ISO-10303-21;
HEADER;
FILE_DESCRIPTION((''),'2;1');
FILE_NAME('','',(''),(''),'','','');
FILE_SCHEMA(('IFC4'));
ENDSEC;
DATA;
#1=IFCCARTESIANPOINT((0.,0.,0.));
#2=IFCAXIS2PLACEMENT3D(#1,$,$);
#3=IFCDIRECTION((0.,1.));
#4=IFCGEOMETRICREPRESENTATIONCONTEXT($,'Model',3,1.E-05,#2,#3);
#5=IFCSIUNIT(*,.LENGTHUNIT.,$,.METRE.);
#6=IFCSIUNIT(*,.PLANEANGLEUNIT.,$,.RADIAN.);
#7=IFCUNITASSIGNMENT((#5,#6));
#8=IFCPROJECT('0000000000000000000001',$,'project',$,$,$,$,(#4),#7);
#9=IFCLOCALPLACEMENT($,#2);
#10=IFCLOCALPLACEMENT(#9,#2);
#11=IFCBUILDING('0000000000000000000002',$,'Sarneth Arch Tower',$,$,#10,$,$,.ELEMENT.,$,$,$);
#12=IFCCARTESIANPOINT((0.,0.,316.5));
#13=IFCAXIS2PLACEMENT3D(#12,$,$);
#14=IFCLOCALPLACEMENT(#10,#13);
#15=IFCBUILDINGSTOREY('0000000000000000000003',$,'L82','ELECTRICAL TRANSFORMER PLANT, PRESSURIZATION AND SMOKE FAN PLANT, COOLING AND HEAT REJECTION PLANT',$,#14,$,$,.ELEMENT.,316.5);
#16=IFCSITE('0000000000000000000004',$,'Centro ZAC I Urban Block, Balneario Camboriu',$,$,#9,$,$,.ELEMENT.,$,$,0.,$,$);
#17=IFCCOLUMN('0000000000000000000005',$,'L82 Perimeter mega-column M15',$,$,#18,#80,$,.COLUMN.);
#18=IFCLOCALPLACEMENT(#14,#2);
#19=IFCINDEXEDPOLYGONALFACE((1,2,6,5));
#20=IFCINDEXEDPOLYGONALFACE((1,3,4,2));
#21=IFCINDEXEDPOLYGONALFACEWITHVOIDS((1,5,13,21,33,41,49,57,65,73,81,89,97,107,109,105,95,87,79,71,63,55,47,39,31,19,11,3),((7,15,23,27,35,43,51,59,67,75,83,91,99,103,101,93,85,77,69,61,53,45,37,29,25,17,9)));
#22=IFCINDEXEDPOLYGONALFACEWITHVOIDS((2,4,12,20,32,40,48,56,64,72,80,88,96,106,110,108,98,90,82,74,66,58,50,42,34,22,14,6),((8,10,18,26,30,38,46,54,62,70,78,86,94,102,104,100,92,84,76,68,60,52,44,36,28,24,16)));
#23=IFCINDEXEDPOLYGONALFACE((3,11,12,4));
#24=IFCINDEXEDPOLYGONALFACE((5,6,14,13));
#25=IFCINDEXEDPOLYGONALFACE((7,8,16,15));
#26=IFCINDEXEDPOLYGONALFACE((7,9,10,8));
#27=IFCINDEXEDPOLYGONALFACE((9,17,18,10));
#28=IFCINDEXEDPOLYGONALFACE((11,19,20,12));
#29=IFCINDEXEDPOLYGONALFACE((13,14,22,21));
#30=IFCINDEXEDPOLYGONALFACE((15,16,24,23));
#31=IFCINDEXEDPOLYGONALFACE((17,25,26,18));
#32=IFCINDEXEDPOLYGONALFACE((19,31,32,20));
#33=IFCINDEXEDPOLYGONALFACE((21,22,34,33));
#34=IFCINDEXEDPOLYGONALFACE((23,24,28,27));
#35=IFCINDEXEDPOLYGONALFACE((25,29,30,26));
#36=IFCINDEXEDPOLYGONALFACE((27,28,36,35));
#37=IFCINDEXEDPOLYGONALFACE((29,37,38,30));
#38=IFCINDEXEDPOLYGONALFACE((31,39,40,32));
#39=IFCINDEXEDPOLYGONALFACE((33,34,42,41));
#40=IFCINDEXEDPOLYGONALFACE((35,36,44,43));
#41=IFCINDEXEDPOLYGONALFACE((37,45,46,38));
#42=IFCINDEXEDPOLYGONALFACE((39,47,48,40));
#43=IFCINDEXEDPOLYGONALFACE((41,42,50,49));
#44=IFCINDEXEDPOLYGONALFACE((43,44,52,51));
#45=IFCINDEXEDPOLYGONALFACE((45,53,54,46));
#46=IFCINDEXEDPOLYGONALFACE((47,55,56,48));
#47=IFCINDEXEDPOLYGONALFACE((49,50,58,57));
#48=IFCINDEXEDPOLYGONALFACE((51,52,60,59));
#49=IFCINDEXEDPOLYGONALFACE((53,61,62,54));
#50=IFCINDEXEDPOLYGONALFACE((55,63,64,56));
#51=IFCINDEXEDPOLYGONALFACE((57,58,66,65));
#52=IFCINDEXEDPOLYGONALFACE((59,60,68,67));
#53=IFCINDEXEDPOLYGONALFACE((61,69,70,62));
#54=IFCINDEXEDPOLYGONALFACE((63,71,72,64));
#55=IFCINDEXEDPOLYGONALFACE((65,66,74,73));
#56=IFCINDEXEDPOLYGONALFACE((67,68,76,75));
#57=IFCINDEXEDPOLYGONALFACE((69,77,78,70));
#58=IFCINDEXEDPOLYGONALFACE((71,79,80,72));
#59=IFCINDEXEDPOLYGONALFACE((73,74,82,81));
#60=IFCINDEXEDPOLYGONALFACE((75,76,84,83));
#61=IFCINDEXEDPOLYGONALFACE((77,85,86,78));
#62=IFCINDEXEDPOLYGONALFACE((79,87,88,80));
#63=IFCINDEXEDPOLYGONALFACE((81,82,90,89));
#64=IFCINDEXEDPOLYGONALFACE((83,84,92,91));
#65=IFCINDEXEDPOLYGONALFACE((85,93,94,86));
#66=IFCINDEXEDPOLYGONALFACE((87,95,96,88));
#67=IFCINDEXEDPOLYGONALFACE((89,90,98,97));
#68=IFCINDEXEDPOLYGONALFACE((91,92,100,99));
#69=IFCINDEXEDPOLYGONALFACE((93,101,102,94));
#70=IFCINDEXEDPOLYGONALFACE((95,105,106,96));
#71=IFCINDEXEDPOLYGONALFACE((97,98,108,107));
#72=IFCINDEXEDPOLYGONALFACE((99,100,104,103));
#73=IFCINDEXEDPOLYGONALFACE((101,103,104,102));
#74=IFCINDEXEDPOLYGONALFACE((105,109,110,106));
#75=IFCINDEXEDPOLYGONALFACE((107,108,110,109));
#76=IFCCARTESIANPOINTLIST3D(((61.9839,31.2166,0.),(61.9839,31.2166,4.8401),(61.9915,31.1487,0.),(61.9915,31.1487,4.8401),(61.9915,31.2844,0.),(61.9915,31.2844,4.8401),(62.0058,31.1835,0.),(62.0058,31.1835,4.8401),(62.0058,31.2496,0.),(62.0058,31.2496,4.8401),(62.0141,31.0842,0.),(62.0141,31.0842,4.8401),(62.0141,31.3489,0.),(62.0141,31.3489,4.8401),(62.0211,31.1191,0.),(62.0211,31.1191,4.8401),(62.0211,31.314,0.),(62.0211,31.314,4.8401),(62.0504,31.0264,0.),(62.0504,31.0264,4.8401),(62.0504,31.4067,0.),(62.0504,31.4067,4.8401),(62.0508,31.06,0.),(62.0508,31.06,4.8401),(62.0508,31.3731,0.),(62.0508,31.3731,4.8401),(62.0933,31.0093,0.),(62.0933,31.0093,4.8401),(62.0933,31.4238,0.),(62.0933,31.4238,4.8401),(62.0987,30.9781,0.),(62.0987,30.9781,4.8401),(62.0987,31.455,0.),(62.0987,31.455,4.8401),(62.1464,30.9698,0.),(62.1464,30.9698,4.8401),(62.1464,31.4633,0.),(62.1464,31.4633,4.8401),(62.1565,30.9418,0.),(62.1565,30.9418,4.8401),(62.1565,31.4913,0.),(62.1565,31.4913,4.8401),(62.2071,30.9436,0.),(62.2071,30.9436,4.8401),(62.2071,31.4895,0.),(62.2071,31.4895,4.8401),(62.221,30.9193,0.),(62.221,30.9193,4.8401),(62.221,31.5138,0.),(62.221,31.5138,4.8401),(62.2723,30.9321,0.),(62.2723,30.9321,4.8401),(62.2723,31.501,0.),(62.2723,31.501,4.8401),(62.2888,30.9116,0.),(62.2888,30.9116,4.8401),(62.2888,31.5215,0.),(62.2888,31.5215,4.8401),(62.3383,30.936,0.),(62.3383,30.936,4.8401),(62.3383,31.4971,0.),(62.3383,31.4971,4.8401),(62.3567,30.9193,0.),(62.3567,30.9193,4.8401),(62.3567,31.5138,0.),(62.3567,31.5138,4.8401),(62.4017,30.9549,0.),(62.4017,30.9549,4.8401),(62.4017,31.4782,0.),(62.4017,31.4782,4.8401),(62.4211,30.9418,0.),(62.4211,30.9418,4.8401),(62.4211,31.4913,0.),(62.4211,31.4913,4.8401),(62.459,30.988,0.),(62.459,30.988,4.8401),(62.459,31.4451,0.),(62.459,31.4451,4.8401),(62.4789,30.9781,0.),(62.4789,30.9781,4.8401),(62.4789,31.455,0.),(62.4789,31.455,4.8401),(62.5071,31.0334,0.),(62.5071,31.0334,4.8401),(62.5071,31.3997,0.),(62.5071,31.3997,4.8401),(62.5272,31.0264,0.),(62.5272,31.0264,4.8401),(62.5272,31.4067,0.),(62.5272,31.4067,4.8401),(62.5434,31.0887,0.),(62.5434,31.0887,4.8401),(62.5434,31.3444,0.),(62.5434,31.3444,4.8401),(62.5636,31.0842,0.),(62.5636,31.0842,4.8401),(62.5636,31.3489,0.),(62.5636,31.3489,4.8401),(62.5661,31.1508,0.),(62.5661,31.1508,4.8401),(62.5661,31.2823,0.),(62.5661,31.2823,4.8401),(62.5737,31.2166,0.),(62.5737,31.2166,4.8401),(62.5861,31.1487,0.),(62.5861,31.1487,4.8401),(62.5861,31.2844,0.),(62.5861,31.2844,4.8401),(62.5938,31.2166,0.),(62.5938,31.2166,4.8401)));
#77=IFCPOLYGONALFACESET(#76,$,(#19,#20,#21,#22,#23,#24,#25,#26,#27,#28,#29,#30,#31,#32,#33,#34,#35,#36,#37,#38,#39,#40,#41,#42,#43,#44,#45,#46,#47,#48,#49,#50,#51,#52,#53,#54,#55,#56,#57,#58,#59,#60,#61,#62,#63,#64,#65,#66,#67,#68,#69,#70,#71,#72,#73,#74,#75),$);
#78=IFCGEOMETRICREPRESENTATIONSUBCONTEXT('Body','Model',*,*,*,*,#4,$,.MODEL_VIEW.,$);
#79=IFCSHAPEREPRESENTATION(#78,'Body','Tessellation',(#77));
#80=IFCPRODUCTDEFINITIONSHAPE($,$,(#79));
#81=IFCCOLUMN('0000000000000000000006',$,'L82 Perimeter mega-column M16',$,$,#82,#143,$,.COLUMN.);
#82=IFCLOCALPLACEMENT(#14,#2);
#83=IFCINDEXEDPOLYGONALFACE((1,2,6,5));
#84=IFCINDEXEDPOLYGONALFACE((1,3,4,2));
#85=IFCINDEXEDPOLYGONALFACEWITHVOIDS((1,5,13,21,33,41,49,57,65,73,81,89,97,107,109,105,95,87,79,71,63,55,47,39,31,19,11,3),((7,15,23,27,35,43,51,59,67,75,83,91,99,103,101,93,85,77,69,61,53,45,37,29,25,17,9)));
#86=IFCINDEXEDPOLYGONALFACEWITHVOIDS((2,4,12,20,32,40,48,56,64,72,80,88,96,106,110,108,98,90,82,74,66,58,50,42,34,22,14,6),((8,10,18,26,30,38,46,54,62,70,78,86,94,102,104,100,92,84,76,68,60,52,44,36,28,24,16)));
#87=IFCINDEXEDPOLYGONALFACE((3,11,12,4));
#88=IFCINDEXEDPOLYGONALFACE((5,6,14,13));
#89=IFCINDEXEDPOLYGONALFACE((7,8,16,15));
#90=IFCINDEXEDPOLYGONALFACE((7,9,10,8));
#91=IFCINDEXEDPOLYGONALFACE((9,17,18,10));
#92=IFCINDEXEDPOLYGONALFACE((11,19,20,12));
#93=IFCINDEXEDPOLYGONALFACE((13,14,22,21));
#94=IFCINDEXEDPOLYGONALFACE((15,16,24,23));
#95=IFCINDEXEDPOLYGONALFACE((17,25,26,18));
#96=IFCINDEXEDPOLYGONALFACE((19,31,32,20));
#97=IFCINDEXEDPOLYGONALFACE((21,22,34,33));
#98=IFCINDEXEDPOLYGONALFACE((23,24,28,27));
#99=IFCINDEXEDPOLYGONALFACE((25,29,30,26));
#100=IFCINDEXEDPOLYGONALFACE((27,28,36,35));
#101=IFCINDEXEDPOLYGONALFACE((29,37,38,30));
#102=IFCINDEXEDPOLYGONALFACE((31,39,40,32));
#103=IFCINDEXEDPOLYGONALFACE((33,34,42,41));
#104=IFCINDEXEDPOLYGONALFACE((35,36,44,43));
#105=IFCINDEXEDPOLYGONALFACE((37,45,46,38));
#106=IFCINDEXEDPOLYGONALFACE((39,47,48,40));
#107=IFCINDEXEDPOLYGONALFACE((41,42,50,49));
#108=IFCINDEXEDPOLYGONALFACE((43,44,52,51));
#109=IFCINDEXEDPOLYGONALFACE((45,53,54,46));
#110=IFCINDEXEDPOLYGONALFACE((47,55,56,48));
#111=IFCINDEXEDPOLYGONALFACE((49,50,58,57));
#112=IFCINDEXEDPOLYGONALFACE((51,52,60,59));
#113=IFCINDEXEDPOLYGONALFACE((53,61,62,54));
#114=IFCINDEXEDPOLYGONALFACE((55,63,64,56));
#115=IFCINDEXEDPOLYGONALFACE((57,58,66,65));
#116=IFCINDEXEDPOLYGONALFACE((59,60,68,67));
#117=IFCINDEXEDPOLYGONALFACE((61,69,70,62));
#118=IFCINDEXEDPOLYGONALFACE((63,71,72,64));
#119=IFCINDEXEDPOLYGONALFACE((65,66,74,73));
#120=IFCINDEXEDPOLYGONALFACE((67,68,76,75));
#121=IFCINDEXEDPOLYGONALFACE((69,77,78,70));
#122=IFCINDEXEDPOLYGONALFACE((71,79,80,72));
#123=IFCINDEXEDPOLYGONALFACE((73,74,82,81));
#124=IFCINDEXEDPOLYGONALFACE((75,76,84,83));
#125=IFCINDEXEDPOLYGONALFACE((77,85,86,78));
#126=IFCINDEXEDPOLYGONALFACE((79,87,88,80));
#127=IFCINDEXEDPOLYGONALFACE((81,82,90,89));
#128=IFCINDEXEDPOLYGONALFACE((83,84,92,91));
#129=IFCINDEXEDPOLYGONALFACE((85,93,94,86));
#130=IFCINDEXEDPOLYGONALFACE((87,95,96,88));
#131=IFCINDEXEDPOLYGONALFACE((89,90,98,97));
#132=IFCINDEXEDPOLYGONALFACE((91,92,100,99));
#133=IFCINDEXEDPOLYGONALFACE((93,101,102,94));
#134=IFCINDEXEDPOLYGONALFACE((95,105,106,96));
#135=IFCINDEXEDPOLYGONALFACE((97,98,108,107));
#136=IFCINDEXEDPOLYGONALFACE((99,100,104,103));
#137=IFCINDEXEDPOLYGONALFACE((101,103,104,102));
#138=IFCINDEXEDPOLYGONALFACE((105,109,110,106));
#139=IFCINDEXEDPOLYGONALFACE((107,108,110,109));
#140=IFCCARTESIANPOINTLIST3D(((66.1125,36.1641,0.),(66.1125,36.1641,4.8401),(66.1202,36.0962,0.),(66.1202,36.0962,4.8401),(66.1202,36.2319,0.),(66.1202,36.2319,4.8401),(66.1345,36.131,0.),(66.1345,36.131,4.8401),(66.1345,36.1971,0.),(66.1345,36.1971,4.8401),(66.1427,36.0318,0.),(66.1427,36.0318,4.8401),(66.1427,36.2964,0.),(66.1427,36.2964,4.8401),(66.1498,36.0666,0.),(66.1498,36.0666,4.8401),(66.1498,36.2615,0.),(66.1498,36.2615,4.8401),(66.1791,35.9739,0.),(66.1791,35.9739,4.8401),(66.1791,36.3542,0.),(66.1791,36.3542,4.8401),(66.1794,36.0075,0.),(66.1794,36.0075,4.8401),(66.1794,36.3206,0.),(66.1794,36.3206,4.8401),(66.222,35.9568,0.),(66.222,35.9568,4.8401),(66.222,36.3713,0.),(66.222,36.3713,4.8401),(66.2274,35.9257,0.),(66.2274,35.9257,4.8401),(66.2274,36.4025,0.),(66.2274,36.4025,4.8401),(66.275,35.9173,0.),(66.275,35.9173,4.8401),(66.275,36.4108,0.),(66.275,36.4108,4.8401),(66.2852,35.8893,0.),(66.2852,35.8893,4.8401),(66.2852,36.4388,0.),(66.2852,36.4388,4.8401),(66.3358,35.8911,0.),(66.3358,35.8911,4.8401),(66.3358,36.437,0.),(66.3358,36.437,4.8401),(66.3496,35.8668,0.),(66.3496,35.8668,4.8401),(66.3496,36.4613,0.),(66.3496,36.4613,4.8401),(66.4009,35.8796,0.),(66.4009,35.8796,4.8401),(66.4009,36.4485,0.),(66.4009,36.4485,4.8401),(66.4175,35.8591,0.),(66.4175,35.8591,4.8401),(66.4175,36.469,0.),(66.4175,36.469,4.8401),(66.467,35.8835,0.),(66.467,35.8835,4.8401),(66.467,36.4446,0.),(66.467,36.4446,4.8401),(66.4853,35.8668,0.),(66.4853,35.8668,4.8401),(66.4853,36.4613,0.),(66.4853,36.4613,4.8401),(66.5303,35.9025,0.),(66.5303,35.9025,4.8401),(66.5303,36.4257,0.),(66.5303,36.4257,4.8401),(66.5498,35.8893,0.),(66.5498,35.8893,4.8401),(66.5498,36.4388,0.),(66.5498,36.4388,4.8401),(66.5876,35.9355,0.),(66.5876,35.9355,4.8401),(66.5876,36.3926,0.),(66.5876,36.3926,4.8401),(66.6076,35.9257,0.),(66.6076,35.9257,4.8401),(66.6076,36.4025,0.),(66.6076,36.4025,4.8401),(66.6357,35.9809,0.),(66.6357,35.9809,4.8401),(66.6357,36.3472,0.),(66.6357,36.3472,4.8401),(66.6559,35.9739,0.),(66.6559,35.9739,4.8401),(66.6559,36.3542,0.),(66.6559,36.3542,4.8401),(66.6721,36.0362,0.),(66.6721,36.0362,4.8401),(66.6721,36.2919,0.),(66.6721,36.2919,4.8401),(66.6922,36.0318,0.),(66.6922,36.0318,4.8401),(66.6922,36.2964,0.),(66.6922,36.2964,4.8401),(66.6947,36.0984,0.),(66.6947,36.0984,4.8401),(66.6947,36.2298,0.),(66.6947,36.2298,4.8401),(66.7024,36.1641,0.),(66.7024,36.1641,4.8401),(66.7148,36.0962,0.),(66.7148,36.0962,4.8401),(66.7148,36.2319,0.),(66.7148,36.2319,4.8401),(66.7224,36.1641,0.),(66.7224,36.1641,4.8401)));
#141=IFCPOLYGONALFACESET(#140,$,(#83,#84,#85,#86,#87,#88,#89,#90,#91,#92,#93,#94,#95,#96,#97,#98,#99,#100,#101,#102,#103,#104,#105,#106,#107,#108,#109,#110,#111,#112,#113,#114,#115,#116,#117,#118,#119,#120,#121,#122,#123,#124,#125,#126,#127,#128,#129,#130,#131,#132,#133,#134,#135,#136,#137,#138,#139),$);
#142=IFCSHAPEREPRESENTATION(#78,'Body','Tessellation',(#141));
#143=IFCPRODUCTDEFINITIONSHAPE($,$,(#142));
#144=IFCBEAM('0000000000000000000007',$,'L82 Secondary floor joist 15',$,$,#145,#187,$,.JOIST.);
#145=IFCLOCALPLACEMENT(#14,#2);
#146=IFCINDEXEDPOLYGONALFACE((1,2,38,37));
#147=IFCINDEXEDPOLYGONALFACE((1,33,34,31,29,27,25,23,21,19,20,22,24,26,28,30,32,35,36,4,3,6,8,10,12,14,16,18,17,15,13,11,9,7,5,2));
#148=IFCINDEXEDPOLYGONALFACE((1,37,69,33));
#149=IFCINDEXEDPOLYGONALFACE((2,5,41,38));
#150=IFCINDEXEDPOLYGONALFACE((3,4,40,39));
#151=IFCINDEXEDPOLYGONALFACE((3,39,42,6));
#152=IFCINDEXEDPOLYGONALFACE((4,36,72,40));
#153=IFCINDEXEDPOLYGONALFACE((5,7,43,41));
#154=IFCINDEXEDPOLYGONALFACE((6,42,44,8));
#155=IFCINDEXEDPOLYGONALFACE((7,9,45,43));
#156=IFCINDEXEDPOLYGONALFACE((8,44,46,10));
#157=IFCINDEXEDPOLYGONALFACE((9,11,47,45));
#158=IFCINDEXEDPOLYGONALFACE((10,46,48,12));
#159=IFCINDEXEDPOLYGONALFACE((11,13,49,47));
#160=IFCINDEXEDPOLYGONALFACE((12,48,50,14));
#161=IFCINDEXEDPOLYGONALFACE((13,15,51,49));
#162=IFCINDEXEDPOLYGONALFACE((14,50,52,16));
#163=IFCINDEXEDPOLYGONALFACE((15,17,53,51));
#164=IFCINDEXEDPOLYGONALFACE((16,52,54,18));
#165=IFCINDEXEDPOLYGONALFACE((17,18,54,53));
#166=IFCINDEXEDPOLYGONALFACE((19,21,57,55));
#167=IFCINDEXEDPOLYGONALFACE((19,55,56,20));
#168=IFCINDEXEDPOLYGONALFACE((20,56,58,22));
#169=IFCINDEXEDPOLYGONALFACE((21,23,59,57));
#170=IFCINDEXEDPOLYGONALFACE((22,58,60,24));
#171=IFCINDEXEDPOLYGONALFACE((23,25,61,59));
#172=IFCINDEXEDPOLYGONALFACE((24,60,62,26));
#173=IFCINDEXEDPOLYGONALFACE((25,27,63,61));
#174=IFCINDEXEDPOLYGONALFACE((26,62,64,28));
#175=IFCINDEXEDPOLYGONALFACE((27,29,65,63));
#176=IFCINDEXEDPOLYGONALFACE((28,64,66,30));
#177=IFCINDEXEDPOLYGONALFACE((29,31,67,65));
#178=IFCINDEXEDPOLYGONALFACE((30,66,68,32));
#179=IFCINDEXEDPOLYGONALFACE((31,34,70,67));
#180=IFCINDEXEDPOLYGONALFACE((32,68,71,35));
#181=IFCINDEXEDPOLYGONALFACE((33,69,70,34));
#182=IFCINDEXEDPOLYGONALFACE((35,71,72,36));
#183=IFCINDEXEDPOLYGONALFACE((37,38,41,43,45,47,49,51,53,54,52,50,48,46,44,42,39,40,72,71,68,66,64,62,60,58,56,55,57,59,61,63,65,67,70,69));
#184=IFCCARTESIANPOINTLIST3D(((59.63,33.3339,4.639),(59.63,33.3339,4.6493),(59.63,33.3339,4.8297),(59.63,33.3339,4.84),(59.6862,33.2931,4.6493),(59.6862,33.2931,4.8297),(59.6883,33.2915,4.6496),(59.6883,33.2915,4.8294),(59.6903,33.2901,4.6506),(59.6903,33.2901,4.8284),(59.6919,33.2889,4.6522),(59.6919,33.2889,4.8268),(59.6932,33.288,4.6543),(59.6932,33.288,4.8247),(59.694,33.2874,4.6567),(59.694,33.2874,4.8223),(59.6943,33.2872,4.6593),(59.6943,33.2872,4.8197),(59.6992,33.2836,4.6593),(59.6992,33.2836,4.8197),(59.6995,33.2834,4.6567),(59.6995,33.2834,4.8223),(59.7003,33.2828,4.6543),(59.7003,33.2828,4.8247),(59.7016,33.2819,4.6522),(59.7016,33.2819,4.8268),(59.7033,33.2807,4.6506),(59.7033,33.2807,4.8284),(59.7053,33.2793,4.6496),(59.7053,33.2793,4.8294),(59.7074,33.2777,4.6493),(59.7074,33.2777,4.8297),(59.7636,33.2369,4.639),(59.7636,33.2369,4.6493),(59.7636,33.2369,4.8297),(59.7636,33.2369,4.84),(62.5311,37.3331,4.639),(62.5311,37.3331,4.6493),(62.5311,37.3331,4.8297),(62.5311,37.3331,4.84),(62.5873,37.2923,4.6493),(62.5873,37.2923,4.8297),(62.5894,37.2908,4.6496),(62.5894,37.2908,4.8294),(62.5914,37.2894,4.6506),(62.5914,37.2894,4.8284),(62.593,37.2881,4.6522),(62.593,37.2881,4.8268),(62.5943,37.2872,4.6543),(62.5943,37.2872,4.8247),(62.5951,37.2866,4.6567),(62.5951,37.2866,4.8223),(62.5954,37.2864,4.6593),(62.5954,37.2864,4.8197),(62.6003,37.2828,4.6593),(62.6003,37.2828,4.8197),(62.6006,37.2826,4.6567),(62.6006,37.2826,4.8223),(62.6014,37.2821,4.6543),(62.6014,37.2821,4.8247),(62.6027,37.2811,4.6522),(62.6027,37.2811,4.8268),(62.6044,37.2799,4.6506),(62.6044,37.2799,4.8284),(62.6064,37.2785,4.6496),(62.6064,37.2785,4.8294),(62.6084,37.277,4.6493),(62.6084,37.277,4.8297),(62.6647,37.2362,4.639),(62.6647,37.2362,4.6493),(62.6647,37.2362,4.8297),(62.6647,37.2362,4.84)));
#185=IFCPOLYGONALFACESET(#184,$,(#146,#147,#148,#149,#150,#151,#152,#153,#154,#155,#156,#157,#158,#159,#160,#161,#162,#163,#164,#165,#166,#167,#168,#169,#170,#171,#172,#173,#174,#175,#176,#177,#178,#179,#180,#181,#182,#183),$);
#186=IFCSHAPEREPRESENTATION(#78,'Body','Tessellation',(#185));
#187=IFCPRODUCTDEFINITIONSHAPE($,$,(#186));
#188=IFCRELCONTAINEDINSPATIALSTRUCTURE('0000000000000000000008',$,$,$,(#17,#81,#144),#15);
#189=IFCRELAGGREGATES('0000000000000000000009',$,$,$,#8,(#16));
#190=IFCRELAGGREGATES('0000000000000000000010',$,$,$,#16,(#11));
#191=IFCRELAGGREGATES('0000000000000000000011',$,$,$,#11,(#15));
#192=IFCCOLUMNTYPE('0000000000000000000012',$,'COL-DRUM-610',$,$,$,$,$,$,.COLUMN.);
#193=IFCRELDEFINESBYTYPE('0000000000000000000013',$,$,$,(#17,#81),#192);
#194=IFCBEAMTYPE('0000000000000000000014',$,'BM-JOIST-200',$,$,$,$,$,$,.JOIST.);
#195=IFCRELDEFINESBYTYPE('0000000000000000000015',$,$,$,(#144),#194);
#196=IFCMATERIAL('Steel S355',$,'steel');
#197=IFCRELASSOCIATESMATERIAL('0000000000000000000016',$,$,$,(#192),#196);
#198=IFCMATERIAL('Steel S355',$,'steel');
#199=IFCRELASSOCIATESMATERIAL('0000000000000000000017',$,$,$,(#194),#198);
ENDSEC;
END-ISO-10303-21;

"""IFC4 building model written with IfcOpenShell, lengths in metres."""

from ifc_helpers import new_model, si_unit, direction, frame, origin, origin_2d, place, context, subcontext, project, spatial, hollow_circle, i_section, extrude, material, material_profile, profile_set, type_object, element, save


model = new_model("IFC4")

# Units and contexts
model_context = context("Model", 3, precision=1e-05, world=origin(), true_north=direction((0.0, 1.0)))
body_context = subcontext(model_context, "Body", "Model", "MODEL_VIEW")
ifc_project = project(units=[si_unit("LENGTHUNIT", "METRE"), si_unit("PLANEANGLEUNIT", "RADIAN")], contexts=[model_context])

# Site, building, storey
site_placement = place(None, origin())
site = spatial("IfcSite", under=ifc_project, at=site_placement, Name="Centro ZAC I Urban Block, Balneario Camboriu", CompositionType="ELEMENT", RefElevation=0.0)
building_placement = place(site_placement, origin())
building = spatial("IfcBuilding", under=site, at=building_placement, Name="Sarneth Arch Tower", CompositionType="ELEMENT")
storey_placement = place(building_placement, frame((0.0, 0.0, 316.5)))
storey = spatial("IfcBuildingStorey", under=building, at=storey_placement, Name="L82", Description="ELECTRICAL TRANSFORMER PLANT, PRESSURIZATION AND SMOKE FAN PLANT, COOLING AND HEAT REJECTION PLANT", CompositionType="ELEMENT", Elevation=316.5)

# Columns
ifc_material_1 = material(Name="Steel S355", Category="steel")
ifc_material_profile_1 = material_profile(ifc_material_1, hollow_circle(Radius=0.3049, WallThickness=0.02, at=origin_2d()), Name="CHS610x20")
ifc_profile_set_1 = profile_set([ifc_material_profile_1], Name="Steel S355")
column_type = type_object("IfcColumnType", Name="COL-DRUM-610", PredefinedType="COLUMN", material=ifc_profile_set_1)
for number, where, z_axis, x_axis, name in (
    (1, (62.2888, 31.2166, 0.0), (0.0, 0.0, 1.0), (1.0, 0.0, 0.0), "L82 Perimeter mega-column M15"),
    (2, (66.4175, 36.1641, 0.0), (0.0, 0.0, 1.0), (1.0, 0.0, 0.0), "L82 Perimeter mega-column M16"),
):
    element("IfcColumn", number, at=place(storey_placement, frame(where, z_axis=z_axis, x_axis=x_axis)), inside=storey, type_object=column_type, Name=name, PredefinedType="COLUMN", context=body_context, shape_type="SweptSolid", body=[
        extrude(hollow_circle(Radius=0.3049, WallThickness=0.02, at=origin_2d()), origin(), (0.0, 0.0, 1.0), 4.8401),
    ])

# Beam
ifc_material_2 = material(Name="Steel S355", Category="steel")
ifc_material_profile_2 = material_profile(ifc_material_2, i_section(OverallWidth=0.165, OverallDepth=0.2009, WebThickness=0.0061, FlangeThickness=0.0103, FilletRadius=0.01, at=origin_2d()), Name="W200x35.9")
ifc_profile_set_2 = profile_set([ifc_material_profile_2], Name="Steel S355")
beam_type_1 = type_object("IfcBeamType", Name="BM-JOIST-200", PredefinedType="JOIST", material=ifc_profile_set_2)
beam_1_placement = place(storey_placement, frame((59.6968, 33.2854, 4.7395), z_axis=(0.587187, 0.809451, 0.0), x_axis=(-0.809451, 0.587187, 0.0)))
element("IfcBeam", 3, at=beam_1_placement, inside=storey, type_object=beam_type_1, Name="L82 Secondary floor joist 15", PredefinedType="JOIST", context=body_context, shape_type="SweptSolid", body=[
    extrude(i_section(OverallWidth=0.165, OverallDepth=0.2009, WebThickness=0.0061, FlangeThickness=0.0103, FilletRadius=0.01, at=origin_2d()), origin(), (0.0, 0.0, 1.0), 4.9407),
])

save(model, "model.ifc")
